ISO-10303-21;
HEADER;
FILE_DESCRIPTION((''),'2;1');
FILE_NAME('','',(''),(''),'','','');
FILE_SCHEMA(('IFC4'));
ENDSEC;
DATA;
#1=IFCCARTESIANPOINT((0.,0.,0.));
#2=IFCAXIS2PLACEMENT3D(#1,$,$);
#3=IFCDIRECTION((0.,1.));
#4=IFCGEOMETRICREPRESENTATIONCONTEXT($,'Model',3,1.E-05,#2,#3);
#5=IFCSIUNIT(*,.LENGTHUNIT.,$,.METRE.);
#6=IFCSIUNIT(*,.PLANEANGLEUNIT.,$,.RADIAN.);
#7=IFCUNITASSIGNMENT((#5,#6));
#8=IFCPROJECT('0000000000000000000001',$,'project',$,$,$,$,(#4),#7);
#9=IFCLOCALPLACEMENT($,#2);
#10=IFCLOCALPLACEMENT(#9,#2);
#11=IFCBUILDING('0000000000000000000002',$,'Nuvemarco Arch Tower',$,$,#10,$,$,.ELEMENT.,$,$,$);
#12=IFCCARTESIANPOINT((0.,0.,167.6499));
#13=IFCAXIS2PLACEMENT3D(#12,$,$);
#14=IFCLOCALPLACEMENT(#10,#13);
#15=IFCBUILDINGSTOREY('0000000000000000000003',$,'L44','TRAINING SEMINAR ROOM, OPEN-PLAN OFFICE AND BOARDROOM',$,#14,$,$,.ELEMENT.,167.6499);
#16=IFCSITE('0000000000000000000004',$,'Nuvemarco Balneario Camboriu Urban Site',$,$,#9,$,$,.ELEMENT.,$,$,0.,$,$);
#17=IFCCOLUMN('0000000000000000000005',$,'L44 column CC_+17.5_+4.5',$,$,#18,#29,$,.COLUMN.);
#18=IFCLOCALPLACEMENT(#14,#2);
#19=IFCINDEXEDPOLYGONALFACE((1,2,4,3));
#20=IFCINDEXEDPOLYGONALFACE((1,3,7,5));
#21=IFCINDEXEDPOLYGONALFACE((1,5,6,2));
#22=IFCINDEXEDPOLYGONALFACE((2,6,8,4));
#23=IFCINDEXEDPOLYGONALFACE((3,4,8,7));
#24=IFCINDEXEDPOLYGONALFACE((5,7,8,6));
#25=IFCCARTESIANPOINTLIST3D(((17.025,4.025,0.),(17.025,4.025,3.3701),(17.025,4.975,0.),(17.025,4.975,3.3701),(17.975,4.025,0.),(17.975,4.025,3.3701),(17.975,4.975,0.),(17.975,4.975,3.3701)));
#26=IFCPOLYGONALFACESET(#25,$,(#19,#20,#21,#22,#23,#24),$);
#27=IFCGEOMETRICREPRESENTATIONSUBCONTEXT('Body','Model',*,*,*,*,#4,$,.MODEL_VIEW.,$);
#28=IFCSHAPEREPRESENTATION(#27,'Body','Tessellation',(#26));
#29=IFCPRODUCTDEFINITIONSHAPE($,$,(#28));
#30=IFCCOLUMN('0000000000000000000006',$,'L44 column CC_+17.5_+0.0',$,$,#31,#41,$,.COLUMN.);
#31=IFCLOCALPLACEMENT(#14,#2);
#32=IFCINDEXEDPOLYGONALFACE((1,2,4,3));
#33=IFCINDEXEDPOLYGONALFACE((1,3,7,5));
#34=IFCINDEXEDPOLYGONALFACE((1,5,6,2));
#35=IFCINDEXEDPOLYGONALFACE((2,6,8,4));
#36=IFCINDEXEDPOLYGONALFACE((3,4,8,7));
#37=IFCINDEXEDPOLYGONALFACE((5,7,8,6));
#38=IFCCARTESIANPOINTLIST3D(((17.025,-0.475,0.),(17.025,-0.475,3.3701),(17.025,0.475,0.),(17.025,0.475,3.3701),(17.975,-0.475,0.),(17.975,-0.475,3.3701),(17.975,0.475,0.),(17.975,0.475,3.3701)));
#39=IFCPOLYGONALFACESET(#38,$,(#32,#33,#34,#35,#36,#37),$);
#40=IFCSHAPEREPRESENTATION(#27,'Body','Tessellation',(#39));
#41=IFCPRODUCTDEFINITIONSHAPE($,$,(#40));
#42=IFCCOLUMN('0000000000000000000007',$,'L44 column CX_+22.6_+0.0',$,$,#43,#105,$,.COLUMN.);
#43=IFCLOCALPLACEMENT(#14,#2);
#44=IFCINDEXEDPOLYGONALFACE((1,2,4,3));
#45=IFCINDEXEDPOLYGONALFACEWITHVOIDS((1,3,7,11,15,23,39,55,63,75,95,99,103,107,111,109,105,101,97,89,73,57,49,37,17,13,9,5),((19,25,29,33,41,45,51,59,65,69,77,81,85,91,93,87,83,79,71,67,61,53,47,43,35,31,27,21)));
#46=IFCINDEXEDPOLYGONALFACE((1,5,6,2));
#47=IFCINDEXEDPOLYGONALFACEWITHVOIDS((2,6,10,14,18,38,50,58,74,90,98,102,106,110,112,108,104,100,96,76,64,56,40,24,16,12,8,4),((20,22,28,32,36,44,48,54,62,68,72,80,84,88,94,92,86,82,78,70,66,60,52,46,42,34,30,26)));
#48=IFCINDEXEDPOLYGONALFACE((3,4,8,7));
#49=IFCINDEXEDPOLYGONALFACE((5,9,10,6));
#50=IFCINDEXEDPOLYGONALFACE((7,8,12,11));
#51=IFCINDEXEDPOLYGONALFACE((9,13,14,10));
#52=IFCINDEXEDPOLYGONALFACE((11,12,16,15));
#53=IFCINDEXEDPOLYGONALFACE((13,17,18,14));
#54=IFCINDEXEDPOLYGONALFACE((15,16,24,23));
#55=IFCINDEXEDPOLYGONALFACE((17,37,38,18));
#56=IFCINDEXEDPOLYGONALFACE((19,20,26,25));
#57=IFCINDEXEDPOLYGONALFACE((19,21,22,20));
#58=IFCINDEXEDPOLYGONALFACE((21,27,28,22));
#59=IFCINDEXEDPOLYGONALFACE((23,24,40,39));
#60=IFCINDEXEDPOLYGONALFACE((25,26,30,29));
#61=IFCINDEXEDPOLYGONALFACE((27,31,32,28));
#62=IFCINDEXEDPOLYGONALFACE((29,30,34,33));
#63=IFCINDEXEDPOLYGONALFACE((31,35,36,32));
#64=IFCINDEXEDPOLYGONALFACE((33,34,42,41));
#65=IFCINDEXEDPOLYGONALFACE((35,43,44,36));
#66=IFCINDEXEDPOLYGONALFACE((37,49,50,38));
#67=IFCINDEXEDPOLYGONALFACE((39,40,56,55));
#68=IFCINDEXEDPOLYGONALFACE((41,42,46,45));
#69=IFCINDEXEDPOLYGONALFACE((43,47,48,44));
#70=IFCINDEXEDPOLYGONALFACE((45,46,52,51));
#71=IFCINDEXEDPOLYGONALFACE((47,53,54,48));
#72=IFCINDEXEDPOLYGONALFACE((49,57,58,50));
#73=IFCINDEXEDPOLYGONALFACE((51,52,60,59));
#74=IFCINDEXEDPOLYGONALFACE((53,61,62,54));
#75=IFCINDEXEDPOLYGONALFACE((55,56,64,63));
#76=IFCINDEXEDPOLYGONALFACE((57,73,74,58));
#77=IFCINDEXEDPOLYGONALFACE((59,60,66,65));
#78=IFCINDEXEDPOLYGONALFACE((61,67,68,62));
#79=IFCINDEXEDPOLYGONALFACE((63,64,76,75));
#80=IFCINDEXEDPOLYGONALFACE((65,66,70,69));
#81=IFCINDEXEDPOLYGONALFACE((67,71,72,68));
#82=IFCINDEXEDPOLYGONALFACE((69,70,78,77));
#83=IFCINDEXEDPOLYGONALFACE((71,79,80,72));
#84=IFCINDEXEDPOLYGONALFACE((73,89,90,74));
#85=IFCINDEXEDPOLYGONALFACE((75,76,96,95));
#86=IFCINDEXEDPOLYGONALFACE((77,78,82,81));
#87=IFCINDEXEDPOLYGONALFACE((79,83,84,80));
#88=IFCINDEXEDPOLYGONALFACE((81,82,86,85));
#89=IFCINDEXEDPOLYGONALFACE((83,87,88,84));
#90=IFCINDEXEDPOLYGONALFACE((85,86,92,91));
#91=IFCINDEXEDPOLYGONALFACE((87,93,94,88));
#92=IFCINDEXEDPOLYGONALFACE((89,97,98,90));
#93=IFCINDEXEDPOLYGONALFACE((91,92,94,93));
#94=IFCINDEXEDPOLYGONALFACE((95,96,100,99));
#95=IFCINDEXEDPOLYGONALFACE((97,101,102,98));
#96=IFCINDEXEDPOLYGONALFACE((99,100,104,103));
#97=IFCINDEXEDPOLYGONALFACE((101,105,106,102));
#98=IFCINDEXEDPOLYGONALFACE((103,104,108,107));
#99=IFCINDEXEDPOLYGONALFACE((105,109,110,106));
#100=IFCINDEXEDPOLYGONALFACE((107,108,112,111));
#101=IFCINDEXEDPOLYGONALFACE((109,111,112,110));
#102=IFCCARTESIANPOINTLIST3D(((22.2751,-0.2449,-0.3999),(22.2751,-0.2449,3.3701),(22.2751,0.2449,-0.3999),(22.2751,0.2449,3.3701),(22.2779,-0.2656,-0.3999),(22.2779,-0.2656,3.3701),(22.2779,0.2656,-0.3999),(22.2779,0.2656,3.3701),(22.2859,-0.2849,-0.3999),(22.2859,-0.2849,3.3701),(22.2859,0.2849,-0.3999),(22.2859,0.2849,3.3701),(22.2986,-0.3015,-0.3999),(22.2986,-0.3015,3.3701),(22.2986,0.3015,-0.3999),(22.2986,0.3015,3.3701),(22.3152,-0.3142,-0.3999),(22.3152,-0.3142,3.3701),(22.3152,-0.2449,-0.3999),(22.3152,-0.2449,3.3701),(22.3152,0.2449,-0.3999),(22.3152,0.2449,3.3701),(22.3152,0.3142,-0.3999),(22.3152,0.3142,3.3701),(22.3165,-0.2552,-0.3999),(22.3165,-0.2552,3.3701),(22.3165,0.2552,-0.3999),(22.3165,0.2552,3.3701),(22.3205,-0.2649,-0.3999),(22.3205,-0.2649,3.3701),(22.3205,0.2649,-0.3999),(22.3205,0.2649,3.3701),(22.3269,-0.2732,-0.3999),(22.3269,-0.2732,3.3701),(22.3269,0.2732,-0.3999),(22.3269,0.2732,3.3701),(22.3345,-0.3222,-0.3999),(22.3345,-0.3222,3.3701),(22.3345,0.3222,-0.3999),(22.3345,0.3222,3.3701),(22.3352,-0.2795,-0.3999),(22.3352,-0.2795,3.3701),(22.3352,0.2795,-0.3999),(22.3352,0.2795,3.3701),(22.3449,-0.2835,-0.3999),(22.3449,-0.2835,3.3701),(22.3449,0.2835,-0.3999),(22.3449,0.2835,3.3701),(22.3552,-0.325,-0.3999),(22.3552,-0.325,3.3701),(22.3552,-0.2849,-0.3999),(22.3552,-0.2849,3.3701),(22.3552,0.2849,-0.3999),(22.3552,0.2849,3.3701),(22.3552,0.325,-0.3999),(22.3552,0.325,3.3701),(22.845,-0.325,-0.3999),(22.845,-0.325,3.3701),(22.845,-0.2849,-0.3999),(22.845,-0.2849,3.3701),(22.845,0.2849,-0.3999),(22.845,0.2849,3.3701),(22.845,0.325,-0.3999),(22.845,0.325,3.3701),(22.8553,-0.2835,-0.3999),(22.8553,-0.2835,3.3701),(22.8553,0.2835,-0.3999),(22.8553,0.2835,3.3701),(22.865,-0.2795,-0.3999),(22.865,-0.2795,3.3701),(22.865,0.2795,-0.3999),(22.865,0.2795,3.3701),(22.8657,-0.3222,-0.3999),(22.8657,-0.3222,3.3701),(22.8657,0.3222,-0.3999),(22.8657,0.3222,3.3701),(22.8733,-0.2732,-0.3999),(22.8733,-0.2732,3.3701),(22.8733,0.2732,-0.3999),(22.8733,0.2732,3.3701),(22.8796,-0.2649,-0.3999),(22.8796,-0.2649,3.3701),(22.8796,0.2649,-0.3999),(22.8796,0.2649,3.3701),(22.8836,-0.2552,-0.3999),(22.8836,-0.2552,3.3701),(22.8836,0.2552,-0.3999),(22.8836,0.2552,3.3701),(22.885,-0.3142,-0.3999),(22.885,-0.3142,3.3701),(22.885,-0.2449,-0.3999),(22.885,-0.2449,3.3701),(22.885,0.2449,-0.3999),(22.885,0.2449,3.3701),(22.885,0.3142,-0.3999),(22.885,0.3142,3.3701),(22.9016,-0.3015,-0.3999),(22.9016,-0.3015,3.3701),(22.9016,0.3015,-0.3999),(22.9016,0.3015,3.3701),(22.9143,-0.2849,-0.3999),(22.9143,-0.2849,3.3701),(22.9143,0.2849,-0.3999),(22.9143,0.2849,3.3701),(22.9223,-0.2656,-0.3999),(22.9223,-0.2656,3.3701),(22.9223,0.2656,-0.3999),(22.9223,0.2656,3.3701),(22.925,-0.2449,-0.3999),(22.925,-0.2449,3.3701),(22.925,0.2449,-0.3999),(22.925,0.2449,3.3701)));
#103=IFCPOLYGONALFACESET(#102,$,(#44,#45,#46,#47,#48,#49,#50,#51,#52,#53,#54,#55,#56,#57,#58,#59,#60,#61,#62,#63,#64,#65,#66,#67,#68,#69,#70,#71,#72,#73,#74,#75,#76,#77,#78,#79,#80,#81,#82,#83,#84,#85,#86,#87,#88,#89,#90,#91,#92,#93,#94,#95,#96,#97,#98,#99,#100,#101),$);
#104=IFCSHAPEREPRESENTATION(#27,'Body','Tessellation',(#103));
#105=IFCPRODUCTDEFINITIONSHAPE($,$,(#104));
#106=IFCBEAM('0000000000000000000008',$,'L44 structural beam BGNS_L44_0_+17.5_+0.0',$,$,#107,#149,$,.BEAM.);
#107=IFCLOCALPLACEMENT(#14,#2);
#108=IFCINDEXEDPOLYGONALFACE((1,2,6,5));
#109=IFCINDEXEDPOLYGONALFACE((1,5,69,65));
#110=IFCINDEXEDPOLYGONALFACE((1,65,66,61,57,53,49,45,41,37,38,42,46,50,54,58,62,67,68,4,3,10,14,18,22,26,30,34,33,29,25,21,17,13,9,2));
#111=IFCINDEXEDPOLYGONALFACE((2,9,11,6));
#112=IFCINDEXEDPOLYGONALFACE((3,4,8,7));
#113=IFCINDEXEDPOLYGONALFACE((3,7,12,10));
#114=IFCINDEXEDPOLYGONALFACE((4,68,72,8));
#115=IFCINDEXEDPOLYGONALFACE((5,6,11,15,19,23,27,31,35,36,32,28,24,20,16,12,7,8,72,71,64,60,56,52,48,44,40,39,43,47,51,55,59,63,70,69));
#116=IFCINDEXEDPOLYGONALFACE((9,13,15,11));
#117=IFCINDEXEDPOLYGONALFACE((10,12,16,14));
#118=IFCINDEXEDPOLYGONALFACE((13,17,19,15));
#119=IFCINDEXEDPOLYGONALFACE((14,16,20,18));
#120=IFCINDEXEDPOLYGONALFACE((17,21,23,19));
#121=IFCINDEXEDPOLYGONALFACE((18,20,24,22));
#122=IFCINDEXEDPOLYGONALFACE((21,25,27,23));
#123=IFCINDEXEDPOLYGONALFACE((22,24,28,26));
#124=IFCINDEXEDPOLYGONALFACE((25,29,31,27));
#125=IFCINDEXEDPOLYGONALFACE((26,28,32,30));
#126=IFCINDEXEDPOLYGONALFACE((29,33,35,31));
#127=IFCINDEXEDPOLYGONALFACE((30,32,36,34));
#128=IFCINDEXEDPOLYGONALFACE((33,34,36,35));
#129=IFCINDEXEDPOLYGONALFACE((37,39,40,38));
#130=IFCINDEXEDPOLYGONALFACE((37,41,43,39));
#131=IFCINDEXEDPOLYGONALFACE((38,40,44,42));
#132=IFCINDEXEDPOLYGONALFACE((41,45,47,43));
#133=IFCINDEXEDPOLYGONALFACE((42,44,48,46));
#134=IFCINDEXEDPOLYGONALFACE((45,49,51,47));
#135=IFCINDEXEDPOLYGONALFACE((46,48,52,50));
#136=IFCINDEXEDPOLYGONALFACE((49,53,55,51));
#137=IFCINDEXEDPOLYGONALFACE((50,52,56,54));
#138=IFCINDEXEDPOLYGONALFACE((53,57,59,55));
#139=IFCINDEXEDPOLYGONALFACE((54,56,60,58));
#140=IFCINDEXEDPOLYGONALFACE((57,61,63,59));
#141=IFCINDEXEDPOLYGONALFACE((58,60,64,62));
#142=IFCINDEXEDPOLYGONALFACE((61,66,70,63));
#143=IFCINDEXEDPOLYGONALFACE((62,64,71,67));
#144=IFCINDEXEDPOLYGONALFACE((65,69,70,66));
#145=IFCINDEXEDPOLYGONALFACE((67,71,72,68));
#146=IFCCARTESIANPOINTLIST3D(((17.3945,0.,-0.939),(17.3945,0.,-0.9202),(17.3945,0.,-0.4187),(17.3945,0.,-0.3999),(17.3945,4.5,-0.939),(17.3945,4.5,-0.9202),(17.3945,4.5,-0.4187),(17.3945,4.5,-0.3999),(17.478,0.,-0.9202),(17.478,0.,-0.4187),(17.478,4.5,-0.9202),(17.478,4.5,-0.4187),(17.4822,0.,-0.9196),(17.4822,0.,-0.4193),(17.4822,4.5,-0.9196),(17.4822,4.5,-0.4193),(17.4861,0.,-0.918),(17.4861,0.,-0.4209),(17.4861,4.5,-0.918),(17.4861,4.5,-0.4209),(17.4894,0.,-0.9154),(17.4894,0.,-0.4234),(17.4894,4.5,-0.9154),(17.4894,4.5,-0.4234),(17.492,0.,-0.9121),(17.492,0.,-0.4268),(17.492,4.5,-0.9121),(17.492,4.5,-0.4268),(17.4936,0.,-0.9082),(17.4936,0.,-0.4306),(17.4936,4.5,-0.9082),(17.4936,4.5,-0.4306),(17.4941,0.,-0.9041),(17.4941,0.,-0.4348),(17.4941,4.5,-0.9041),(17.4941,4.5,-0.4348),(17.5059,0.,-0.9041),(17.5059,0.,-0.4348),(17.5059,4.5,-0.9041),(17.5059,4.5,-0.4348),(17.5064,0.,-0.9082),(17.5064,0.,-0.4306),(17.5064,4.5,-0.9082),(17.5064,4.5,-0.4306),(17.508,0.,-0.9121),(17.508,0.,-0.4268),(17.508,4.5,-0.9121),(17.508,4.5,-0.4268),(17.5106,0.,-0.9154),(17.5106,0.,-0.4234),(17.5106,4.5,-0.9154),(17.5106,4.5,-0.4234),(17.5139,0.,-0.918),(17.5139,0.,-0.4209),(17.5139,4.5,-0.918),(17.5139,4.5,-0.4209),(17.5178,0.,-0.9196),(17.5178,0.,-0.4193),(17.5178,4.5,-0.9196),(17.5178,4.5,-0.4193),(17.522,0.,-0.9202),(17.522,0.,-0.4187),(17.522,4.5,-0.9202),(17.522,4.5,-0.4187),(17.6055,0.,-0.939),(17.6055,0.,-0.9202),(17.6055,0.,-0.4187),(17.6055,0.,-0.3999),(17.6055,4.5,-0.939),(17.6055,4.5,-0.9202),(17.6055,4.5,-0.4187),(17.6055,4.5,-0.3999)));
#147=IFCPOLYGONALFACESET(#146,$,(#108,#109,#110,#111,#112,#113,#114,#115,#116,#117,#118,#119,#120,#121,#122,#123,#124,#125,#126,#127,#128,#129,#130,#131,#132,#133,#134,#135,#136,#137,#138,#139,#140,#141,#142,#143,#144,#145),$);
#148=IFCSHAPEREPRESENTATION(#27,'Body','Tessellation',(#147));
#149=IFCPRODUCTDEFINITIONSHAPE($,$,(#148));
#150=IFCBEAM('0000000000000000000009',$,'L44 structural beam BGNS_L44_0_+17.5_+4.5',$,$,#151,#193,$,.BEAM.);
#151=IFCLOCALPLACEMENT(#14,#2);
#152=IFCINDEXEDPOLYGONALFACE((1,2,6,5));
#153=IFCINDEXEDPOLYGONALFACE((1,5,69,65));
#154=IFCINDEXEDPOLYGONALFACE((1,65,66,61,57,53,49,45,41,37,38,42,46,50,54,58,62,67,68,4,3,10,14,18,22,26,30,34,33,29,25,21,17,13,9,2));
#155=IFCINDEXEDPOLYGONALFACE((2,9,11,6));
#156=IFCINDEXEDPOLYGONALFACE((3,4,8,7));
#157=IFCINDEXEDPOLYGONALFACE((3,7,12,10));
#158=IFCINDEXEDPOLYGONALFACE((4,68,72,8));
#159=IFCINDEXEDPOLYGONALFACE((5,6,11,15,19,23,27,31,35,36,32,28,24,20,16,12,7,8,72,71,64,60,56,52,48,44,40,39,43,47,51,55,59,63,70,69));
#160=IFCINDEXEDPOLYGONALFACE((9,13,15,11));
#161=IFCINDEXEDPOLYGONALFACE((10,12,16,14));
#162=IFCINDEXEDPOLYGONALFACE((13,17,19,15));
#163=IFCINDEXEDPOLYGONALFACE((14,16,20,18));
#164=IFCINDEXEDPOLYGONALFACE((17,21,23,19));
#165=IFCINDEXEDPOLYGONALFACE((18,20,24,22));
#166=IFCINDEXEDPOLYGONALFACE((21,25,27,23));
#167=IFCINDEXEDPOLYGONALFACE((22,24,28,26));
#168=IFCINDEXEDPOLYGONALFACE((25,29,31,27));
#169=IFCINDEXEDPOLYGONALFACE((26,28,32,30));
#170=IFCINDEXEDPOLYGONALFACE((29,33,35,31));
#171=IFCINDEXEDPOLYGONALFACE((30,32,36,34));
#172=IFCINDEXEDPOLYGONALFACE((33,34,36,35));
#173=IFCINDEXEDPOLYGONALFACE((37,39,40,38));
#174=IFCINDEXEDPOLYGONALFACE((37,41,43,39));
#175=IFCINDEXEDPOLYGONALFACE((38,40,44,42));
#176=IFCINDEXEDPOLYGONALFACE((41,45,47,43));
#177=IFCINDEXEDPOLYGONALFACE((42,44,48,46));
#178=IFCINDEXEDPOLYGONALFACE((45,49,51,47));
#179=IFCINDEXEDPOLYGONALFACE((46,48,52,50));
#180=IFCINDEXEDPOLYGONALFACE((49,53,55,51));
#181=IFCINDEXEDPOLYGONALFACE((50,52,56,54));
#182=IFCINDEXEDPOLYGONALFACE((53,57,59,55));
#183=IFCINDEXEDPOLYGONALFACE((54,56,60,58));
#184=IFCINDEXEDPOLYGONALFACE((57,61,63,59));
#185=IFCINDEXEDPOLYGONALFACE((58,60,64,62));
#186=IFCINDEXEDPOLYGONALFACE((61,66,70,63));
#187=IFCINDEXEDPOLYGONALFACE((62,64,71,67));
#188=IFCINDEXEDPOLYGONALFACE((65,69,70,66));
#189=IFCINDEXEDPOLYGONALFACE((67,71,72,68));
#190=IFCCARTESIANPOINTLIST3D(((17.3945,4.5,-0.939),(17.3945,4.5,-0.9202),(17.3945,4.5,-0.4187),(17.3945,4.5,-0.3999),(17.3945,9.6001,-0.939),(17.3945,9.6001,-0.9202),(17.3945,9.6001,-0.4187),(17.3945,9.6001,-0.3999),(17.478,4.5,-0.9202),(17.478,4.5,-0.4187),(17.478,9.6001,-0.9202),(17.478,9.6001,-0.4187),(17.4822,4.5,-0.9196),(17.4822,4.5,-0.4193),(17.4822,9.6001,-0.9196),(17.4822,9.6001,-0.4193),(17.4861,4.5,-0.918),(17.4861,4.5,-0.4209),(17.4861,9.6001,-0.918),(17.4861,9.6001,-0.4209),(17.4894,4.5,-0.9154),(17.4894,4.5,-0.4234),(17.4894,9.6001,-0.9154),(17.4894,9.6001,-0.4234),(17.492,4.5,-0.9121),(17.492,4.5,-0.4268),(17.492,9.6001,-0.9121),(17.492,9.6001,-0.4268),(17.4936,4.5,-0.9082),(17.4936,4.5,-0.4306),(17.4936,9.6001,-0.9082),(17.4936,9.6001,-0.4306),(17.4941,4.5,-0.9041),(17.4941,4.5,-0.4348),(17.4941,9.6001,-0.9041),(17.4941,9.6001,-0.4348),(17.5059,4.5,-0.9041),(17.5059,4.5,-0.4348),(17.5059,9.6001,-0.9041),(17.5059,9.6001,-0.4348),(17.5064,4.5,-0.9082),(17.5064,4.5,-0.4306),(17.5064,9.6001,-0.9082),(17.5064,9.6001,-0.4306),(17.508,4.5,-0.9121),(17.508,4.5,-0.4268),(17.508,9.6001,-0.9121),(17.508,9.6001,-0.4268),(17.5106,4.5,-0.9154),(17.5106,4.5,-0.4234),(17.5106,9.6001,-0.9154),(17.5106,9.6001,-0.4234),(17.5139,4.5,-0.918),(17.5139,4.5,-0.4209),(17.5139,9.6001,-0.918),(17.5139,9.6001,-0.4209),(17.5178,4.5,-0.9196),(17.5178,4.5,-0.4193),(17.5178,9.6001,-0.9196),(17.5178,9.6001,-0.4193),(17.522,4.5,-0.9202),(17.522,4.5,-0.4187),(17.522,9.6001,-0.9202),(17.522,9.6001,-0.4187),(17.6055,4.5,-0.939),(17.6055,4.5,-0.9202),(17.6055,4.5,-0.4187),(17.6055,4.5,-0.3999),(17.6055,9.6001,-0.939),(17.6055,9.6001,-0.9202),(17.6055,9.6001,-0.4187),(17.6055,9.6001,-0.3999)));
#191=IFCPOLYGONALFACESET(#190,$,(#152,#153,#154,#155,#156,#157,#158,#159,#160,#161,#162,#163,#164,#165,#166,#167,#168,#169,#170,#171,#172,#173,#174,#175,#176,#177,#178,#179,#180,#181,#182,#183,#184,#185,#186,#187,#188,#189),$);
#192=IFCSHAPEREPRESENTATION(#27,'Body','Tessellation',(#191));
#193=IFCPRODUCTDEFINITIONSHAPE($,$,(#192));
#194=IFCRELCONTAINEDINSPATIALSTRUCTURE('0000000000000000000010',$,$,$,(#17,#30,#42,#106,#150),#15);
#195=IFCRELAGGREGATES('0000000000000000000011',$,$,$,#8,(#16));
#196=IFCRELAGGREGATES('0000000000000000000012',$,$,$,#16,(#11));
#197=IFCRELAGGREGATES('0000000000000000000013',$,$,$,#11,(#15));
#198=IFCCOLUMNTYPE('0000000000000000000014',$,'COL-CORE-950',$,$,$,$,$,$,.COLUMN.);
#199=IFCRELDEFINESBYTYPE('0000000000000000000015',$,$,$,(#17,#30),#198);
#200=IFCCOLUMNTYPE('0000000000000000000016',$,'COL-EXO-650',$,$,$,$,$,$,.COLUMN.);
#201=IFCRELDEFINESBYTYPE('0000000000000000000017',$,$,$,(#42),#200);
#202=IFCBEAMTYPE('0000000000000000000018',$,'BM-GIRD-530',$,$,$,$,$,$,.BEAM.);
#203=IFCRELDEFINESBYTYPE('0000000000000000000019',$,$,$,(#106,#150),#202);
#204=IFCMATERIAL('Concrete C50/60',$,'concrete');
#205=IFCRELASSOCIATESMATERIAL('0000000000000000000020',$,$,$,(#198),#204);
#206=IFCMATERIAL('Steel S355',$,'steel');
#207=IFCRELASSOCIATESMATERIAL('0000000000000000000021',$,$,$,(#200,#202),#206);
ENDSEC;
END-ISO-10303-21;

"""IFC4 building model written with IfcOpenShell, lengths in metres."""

from ifc_helpers import new_model, si_unit, direction, frame, origin, origin_2d, place, context, subcontext, project, spatial, rectangle, hollow_rectangle, i_section, extrude, material, material_profile, profile_set, type_object, element, save


model = new_model("IFC4")

# Units and contexts
model_context = context("Model", 3, precision=1e-05, world=origin(), true_north=direction((0.0, 1.0)))
body_context = subcontext(model_context, "Body", "Model", "MODEL_VIEW")
ifc_project = project(units=[si_unit("LENGTHUNIT", "METRE"), si_unit("PLANEANGLEUNIT", "RADIAN")], contexts=[model_context])

# Site, building, storey
site_placement = place(None, origin())
site = spatial("IfcSite", under=ifc_project, at=site_placement, Name="Nuvemarco Balneario Camboriu Urban Site", CompositionType="ELEMENT", RefElevation=0.0)
building_placement = place(site_placement, origin())
building = spatial("IfcBuilding", under=site, at=building_placement, Name="Nuvemarco Arch Tower", CompositionType="ELEMENT")
storey_placement = place(building_placement, frame((0.0, 0.0, 167.6499)))
storey = spatial("IfcBuildingStorey", under=building, at=storey_placement, Name="L44", Description="TRAINING SEMINAR ROOM, OPEN-PLAN OFFICE AND BOARDROOM", CompositionType="ELEMENT", Elevation=167.6499)

# Columns
ifc_material_1 = material(Name="Concrete C50/60", Category="concrete")
ifc_material_profile_1 = material_profile(ifc_material_1, rectangle(XDim=0.95, YDim=0.95, at=origin_2d()), Name="RC-COL-950x950")
ifc_profile_set_1 = profile_set([ifc_material_profile_1], Name="Concrete C50/60")
column_type_1 = type_object("IfcColumnType", Name="COL-CORE-950", PredefinedType="COLUMN", material=ifc_profile_set_1)
for number, where, z_axis, x_axis, name in (
    (1, (17.5, 4.5, 0.0), (0.0, 0.0, 1.0), (1.0, 0.0, 0.0), "L44 column CC_+17.5_+4.5"),
    (2, (17.5, 0.0, 0.0), (0.0, 0.0, 1.0), (1.0, 0.0, 0.0), "L44 column CC_+17.5_+0.0"),
):
    element("IfcColumn", number, at=place(storey_placement, frame(where, z_axis=z_axis, x_axis=x_axis)), inside=storey, type_object=column_type_1, Name=name, PredefinedType="COLUMN", context=body_context, shape_type="SweptSolid", body=[
        extrude(rectangle(XDim=0.95, YDim=0.95, at=origin_2d()), origin(), (0.0, 0.0, 1.0), 3.3701),
    ])
ifc_material_2 = material(Name="Steel S355", Category="steel")
ifc_material_profile_2 = material_profile(ifc_material_2, hollow_rectangle(XDim=0.6499, YDim=0.6499, WallThickness=0.04, InnerFilletRadius=0.04, OuterFilletRadius=0.0801, at=origin_2d()), Name="SHS650x650x40")
ifc_profile_set_2 = profile_set([ifc_material_profile_2], Name="Steel S355")
column_type_2 = type_object("IfcColumnType", Name="COL-EXO-650", PredefinedType="COLUMN", material=ifc_profile_set_2)
column_placement = place(storey_placement, frame((22.6001, 0.0, -0.3999), z_axis=(0.0, 0.0, 1.0), x_axis=(1.0, 0.0, 0.0)))
element("IfcColumn", 3, at=column_placement, inside=storey, type_object=column_type_2, Name="L44 column CX_+22.6_+0.0", PredefinedType="COLUMN", context=body_context, shape_type="SweptSolid", body=[
    extrude(hollow_rectangle(XDim=0.6499, YDim=0.6499, WallThickness=0.04, InnerFilletRadius=0.04, OuterFilletRadius=0.0801, at=origin_2d()), origin(), (0.0, 0.0, 1.0), 3.77),
])

# Beams
ifc_material_profile_3 = material_profile(ifc_material_2, i_section(OverallWidth=0.2109, OverallDepth=0.5391, WebThickness=0.0117, FlangeThickness=0.0188, FilletRadius=0.0161, at=origin_2d()), Name="W530x109")
ifc_profile_set_3 = profile_set([ifc_material_profile_3], Name="Steel S355")
beam_type_1 = type_object("IfcBeamType", Name="BM-GIRD-530", PredefinedType="BEAM", material=ifc_profile_set_3)
beam_1_placement = place(storey_placement, frame((17.5, 0.0, -0.6694), z_axis=(0.0, 1.0, 0.0), x_axis=(-1.0, 0.0, 0.0)))
element("IfcBeam", 4, at=beam_1_placement, inside=storey, type_object=beam_type_1, Name="L44 structural beam BGNS_L44_0_+17.5_+0.0", PredefinedType="BEAM", context=body_context, shape_type="SweptSolid", body=[
    extrude(i_section(OverallWidth=0.2109, OverallDepth=0.5391, WebThickness=0.0117, FlangeThickness=0.0188, FilletRadius=0.0161, at=origin_2d()), origin(), (0.0, 0.0, 1.0), 4.5),
])
beam_2_placement = place(storey_placement, frame((17.5, 4.5, -0.6694), z_axis=(0.0, 1.0, 0.0), x_axis=(-1.0, 0.0, 0.0)))
element("IfcBeam", 5, at=beam_2_placement, inside=storey, type_object=beam_type_1, Name="L44 structural beam BGNS_L44_0_+17.5_+4.5", PredefinedType="BEAM", context=body_context, shape_type="SweptSolid", body=[
    extrude(i_section(OverallWidth=0.2109, OverallDepth=0.5391, WebThickness=0.0117, FlangeThickness=0.0188, FilletRadius=0.0161, at=origin_2d()), origin(), (0.0, 0.0, 1.0), 5.1001),
])

save(model, "model.ifc")
